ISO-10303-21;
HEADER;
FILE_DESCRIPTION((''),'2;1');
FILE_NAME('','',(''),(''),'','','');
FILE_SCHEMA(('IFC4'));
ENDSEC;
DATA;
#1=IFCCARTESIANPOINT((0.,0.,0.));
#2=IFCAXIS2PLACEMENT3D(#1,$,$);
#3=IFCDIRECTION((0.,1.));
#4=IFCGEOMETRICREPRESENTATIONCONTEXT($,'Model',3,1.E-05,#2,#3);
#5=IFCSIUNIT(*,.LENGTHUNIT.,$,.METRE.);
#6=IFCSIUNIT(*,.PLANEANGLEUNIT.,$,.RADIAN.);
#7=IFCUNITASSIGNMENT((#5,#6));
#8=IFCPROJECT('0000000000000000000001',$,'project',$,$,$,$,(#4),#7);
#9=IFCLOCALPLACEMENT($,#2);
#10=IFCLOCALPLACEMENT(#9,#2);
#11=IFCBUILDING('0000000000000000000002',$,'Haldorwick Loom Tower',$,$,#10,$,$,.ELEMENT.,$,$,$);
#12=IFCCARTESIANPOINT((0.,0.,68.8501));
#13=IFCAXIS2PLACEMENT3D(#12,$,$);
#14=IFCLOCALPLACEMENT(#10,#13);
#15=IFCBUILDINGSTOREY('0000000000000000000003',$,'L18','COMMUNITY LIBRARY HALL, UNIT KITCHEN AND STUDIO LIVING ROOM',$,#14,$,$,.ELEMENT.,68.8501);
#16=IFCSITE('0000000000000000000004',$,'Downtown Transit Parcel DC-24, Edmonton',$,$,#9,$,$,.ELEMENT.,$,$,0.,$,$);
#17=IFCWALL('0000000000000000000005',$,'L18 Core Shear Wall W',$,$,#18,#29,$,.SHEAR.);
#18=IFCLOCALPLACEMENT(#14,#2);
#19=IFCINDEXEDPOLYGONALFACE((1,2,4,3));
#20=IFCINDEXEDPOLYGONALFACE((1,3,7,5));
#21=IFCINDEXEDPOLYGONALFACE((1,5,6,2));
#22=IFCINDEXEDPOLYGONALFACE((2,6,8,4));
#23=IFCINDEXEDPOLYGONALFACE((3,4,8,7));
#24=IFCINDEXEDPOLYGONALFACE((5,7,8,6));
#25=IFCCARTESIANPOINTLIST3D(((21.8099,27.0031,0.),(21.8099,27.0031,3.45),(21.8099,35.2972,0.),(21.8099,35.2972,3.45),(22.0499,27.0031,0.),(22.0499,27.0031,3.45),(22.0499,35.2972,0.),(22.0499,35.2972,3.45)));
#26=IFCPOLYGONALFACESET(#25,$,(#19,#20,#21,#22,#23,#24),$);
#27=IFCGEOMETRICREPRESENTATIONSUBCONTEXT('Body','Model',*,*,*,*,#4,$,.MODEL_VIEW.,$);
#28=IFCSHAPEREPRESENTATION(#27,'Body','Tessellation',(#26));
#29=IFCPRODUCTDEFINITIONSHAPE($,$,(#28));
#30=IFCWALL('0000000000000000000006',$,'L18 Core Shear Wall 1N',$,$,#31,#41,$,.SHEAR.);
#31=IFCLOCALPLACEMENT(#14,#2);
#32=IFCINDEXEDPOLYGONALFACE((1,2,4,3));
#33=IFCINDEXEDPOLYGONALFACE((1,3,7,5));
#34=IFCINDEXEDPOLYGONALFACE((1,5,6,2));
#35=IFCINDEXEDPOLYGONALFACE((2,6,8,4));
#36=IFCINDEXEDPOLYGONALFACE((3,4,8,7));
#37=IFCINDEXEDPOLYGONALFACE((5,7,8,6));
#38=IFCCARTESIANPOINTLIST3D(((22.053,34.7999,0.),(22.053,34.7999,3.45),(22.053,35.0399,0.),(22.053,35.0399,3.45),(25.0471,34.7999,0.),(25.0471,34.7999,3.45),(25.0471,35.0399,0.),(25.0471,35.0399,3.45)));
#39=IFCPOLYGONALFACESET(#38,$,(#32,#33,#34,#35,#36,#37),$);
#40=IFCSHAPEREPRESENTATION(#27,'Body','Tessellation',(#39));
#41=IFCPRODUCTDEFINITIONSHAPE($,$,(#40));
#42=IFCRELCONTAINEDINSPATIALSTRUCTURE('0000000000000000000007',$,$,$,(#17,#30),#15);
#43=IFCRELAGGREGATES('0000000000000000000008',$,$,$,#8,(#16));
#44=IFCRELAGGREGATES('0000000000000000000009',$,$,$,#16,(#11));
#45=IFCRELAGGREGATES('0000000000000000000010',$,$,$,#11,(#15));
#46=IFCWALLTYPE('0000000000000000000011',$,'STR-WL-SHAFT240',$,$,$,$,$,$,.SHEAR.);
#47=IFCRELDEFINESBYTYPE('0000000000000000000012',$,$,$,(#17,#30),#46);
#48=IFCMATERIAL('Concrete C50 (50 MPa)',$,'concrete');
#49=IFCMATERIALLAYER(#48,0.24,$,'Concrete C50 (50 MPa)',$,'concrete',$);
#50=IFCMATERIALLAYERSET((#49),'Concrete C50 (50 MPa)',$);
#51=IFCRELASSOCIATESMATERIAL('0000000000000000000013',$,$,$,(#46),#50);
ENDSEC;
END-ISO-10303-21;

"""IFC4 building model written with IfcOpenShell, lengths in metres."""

from ifc_helpers import new_model, si_unit, direction, frame, frame_2d, origin, place, context, subcontext, project, spatial, rectangle, extrude, material, layer, layer_set, type_object, element, save


model = new_model("IFC4")

# Units and contexts
model_context = context("Model", 3, precision=1e-05, world=origin(), true_north=direction((0.0, 1.0)))
body_context = subcontext(model_context, "Body", "Model", "MODEL_VIEW")
ifc_project = project(units=[si_unit("LENGTHUNIT", "METRE"), si_unit("PLANEANGLEUNIT", "RADIAN")], contexts=[model_context])

# Site, building, storey
site_placement = place(None, origin())
site = spatial("IfcSite", under=ifc_project, at=site_placement, Name="Downtown Transit Parcel DC-24, Edmonton", CompositionType="ELEMENT", RefElevation=0.0)
building_placement = place(site_placement, origin())
building = spatial("IfcBuilding", under=site, at=building_placement, Name="Haldorwick Loom Tower", CompositionType="ELEMENT")
storey_placement = place(building_placement, frame((0.0, 0.0, 68.8501)))
storey = spatial("IfcBuildingStorey", under=building, at=storey_placement, Name="L18", Description="COMMUNITY LIBRARY HALL, UNIT KITCHEN AND STUDIO LIVING ROOM", CompositionType="ELEMENT", Elevation=68.8501)

# Walls
ifc_material_1 = material(Name="Concrete C50 (50 MPa)", Category="concrete")
ifc_layer_1 = layer(ifc_material_1, 0.24, Name="Concrete C50 (50 MPa)", Category="concrete")
ifc_layer_set_1 = layer_set([ifc_layer_1], Name="Concrete C50 (50 MPa)")
wall_type_1 = type_object("IfcWallType", Name="STR-WL-SHAFT240", PredefinedType="SHEAR", material=ifc_layer_set_1)
wall_1_placement = place(storey_placement, frame((21.9299, 35.2971, 0.0), z_axis=(0.0, 0.0, 1.0), x_axis=(0.0, -1.0, 0.0)))
element("IfcWall", 1, at=wall_1_placement, inside=storey, type_object=wall_type_1, Name="L18 Core Shear Wall W", PredefinedType="SHEAR", context=body_context, shape_type="SweptSolid", body=[
    extrude(rectangle(XDim=8.2942, YDim=0.24, at=frame_2d((4.147, 0.0))), origin(), (0.0, 0.0, 1.0), 3.45),
])
wall_2_placement = place(storey_placement, frame((22.053, 34.9199, 0.0), z_axis=(0.0, 0.0, 1.0), x_axis=(1.0, 0.0, 0.0)))
element("IfcWall", 2, at=wall_2_placement, inside=storey, type_object=wall_type_1, Name="L18 Core Shear Wall 1N", PredefinedType="SHEAR", context=body_context, shape_type="SweptSolid", body=[
    extrude(rectangle(XDim=2.9941, YDim=0.24, at=frame_2d((1.4971, 0.0))), origin(), (0.0, 0.0, 1.0), 3.45),
])

save(model, "model.ifc")
